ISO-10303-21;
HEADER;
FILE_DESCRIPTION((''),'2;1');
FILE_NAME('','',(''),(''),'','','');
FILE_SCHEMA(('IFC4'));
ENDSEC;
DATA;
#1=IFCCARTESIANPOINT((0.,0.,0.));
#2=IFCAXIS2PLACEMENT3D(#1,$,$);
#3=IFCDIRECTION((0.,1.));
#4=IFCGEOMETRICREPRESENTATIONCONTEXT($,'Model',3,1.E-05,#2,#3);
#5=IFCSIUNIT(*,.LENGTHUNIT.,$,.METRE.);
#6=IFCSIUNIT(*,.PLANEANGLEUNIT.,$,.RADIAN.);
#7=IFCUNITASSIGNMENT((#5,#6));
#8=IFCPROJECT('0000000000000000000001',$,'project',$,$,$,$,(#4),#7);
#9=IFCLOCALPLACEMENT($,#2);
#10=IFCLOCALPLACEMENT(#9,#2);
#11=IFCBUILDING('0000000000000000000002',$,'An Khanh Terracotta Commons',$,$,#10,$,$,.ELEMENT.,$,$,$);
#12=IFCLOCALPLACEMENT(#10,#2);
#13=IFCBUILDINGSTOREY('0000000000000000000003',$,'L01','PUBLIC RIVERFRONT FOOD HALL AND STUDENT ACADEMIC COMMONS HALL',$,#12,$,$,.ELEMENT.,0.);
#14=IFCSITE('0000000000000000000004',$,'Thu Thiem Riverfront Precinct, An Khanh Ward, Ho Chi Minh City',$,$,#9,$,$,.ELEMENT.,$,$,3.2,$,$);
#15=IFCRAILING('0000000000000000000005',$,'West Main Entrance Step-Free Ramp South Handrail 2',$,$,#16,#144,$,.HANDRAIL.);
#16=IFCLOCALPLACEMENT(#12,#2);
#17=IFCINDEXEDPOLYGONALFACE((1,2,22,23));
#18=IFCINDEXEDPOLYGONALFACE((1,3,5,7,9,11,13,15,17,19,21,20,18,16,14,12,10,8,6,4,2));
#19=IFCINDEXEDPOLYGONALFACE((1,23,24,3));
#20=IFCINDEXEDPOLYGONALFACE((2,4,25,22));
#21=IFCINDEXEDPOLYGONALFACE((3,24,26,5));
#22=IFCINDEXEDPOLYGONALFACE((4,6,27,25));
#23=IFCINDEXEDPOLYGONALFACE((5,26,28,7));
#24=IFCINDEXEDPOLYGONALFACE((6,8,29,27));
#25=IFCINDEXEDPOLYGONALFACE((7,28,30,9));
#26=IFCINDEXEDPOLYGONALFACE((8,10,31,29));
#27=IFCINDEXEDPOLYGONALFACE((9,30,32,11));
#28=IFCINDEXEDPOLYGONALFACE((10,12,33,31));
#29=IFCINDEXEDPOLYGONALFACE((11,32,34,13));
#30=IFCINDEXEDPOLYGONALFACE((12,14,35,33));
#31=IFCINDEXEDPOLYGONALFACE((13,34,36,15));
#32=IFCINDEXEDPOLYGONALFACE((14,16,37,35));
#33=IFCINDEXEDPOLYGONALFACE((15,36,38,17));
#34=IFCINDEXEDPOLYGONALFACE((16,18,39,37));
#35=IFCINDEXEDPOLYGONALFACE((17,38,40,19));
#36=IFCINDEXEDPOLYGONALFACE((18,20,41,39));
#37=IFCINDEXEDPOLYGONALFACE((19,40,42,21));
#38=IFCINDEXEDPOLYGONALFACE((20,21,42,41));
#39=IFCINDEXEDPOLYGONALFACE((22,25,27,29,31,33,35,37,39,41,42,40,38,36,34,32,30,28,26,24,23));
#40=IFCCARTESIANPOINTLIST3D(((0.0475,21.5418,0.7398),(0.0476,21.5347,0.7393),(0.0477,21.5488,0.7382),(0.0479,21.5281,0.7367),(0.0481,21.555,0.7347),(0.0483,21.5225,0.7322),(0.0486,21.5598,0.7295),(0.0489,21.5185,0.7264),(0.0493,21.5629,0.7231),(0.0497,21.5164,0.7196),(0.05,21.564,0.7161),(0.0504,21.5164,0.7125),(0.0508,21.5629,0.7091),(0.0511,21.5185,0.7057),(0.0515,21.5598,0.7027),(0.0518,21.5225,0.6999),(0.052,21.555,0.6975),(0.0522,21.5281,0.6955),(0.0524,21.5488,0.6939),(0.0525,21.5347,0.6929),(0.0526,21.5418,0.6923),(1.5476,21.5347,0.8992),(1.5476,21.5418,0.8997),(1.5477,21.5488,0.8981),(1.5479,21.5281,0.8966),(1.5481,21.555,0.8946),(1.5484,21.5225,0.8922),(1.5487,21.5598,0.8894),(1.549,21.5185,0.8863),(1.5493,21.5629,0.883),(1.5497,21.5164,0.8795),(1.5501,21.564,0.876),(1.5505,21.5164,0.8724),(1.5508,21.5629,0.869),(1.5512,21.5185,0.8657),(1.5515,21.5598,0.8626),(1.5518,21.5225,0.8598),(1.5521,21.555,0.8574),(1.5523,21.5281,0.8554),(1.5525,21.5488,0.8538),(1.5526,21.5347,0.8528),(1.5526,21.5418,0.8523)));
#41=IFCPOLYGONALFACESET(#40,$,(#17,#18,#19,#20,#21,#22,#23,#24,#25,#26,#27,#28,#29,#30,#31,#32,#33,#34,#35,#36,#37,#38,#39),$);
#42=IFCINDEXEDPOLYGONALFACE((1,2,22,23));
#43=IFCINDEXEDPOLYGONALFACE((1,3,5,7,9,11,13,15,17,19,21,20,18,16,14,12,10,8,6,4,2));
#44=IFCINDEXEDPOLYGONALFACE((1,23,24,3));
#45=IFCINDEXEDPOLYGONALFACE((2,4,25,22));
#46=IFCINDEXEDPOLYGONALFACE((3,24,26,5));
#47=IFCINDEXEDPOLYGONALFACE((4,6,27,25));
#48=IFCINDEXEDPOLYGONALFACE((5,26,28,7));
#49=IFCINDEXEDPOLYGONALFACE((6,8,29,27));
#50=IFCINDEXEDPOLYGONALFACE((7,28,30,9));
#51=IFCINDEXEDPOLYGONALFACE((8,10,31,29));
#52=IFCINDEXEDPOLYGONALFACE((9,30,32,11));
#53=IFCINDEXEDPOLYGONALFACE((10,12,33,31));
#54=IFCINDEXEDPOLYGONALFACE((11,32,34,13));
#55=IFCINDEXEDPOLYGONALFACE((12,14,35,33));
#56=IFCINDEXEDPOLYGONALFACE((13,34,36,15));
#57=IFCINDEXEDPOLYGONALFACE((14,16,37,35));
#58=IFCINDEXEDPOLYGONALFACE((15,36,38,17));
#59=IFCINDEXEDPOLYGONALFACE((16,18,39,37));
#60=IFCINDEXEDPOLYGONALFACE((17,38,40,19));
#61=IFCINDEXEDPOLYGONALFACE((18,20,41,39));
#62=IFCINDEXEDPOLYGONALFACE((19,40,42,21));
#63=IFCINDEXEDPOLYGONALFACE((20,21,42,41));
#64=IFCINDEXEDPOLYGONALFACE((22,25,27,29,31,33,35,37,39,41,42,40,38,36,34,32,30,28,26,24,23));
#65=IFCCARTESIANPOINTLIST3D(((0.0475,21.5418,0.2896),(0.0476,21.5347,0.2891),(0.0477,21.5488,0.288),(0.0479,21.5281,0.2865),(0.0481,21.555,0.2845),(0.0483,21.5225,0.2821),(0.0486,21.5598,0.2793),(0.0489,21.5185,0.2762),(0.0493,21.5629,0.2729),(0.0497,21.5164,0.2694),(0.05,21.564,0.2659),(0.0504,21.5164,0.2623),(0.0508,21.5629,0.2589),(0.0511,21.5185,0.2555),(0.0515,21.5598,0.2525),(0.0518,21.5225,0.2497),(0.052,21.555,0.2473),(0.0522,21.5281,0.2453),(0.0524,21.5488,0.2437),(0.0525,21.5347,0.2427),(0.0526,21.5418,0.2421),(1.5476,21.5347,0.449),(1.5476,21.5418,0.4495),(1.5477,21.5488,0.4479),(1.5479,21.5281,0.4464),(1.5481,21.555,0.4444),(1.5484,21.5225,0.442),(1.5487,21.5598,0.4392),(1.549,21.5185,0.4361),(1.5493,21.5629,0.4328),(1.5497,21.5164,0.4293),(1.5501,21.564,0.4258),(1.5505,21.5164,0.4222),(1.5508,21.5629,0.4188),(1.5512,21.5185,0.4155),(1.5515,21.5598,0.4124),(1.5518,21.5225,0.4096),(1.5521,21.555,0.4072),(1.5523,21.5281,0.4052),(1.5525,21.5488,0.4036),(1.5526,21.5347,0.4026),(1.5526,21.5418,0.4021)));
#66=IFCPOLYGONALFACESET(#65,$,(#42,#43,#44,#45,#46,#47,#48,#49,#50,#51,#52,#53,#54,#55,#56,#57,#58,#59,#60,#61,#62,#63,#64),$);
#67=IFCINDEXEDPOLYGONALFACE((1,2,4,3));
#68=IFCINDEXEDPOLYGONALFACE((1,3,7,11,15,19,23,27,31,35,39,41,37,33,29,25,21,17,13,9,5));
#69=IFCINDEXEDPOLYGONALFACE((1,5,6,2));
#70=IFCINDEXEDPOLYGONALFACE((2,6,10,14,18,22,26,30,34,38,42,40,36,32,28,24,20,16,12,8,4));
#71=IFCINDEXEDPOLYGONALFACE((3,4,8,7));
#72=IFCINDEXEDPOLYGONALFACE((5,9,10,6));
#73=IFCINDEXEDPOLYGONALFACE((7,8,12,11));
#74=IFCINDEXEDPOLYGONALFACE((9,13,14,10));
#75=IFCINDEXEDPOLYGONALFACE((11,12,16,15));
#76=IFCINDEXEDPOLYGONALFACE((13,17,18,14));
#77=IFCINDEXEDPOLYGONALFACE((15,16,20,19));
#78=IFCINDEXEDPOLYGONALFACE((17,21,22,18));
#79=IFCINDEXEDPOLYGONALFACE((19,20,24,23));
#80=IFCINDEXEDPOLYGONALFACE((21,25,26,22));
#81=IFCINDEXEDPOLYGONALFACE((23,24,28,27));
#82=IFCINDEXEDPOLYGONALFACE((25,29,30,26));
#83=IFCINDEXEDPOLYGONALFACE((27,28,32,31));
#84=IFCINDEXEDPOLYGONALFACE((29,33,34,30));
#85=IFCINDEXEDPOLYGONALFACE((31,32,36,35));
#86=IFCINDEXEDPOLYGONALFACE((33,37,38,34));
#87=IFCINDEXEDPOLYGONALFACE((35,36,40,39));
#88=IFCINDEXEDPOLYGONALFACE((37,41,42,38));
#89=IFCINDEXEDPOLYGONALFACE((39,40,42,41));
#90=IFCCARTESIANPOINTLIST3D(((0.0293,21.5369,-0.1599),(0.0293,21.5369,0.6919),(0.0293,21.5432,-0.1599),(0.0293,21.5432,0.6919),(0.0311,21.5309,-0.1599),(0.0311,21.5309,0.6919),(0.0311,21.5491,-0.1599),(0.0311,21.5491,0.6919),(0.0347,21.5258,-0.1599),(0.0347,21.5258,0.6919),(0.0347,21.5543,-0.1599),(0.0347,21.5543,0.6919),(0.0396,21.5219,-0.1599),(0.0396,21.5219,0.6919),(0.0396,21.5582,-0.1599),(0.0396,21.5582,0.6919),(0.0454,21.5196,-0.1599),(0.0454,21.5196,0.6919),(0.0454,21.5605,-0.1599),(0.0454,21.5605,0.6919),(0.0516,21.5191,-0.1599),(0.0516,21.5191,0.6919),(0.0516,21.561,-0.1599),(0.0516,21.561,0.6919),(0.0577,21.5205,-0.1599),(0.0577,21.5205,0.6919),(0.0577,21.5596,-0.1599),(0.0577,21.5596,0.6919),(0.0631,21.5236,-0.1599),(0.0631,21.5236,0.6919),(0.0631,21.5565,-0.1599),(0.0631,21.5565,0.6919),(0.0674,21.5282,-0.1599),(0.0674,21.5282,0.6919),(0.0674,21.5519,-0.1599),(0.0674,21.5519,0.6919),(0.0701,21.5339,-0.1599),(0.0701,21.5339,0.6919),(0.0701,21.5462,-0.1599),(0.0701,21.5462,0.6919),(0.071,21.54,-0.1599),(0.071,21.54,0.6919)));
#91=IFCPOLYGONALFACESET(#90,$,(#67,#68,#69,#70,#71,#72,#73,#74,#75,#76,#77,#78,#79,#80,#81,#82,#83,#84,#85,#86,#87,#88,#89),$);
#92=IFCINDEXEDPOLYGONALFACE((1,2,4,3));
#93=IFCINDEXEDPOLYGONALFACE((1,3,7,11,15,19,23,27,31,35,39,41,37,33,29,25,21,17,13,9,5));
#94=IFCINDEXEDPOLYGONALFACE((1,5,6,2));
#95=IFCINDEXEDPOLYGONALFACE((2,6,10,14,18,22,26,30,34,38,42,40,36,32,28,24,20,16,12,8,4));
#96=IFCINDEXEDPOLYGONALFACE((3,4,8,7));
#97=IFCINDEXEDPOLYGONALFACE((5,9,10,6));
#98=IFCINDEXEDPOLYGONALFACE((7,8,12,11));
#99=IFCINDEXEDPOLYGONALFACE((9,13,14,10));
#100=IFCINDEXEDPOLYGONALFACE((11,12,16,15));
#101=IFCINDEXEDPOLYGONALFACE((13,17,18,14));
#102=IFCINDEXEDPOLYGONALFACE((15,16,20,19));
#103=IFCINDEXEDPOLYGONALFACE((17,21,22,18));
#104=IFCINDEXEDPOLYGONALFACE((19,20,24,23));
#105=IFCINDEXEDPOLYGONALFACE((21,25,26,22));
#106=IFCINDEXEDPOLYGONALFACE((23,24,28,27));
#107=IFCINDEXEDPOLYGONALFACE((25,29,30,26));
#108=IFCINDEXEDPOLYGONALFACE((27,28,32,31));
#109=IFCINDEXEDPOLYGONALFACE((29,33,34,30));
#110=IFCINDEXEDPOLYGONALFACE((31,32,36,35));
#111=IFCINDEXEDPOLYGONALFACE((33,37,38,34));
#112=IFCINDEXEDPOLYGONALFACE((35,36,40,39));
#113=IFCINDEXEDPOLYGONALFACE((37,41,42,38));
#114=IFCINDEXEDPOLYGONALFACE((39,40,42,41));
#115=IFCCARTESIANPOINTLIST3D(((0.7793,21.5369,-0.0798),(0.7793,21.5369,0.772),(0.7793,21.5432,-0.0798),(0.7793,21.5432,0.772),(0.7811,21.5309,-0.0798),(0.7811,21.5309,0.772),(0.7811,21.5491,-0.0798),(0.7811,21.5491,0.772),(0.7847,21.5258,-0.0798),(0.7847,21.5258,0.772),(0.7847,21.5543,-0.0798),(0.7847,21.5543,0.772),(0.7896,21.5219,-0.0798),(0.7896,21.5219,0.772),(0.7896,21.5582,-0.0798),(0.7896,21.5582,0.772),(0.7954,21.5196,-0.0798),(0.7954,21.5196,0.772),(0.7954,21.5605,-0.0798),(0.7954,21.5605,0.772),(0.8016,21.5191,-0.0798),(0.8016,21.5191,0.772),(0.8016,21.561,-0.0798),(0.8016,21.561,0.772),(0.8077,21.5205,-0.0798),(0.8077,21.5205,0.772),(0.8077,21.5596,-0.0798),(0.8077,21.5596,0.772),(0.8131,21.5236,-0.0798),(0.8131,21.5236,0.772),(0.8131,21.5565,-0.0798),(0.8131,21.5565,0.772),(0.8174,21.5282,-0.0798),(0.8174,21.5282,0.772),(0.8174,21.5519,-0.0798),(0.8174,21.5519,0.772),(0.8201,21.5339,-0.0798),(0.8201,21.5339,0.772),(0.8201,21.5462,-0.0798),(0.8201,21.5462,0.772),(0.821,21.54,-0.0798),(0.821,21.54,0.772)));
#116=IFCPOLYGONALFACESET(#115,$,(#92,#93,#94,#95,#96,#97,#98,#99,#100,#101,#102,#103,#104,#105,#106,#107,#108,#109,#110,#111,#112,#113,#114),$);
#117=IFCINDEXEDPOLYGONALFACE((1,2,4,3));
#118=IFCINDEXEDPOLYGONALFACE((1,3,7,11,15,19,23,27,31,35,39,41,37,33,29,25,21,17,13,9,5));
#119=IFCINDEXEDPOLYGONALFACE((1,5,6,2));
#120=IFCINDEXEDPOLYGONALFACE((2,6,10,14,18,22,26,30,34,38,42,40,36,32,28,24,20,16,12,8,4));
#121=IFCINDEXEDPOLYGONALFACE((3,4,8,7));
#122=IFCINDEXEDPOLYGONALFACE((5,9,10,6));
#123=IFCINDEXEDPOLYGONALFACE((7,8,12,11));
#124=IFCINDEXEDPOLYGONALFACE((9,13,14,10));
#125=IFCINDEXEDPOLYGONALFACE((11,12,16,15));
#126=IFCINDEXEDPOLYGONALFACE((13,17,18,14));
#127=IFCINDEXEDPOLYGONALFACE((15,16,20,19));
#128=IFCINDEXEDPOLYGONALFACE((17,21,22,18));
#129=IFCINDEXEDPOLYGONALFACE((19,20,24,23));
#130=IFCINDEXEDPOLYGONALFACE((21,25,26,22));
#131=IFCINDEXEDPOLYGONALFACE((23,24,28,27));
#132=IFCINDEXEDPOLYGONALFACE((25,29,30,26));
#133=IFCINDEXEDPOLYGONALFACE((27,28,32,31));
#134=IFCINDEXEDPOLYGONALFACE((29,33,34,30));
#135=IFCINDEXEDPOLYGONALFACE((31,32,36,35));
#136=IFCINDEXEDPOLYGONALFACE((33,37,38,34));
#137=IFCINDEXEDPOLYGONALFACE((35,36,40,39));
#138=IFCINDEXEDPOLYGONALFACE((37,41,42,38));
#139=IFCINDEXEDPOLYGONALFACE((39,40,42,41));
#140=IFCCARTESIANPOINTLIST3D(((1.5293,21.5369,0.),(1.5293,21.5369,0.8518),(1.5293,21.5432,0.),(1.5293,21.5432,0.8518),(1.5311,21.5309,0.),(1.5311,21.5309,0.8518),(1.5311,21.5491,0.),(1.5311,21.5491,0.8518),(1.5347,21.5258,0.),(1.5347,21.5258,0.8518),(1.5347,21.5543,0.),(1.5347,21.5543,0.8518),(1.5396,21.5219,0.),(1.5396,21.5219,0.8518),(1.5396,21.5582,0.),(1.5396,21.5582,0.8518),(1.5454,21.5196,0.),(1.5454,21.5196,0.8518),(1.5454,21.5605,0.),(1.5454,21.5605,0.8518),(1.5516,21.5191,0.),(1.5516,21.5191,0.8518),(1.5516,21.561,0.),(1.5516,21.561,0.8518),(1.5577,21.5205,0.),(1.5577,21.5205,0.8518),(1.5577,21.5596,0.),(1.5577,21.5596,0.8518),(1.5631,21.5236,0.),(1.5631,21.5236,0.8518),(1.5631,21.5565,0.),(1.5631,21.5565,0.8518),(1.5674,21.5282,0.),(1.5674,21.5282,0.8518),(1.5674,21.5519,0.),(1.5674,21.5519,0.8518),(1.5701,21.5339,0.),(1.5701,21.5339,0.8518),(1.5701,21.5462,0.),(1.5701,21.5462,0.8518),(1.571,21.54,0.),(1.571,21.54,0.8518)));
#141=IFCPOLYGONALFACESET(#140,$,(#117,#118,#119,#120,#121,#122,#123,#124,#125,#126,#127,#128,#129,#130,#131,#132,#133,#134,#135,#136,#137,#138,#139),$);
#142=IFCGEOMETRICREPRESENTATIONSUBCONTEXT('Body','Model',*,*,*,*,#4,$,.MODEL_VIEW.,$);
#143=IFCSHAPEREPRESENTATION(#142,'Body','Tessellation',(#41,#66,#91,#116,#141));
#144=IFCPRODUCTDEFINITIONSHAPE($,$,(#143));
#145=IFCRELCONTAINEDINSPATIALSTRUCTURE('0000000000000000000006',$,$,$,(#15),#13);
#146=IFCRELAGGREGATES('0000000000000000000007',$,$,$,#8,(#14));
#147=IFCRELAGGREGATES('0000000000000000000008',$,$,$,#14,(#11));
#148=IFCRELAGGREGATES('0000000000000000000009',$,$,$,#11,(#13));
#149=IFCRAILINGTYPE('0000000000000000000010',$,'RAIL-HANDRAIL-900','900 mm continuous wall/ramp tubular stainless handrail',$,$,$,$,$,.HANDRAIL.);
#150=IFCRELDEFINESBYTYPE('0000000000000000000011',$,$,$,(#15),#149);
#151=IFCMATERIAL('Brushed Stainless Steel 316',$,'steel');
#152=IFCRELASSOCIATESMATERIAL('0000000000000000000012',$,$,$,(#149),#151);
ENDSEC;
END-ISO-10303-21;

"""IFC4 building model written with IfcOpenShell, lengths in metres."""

from ifc_helpers import new_model, si_unit, direction, frame, origin, origin_2d, place, context, subcontext, project, spatial, circle, extrude, material, type_object, element, save


model = new_model("IFC4")

# Units and contexts
model_context = context("Model", 3, precision=1e-05, world=origin(), true_north=direction((0.0, 1.0)))
body_context = subcontext(model_context, "Body", "Model", "MODEL_VIEW")
ifc_project = project(units=[si_unit("LENGTHUNIT", "METRE"), si_unit("PLANEANGLEUNIT", "RADIAN")], contexts=[model_context])

# Site, building, storey
site_placement = place(None, origin())
site = spatial("IfcSite", under=ifc_project, at=site_placement, Name="Thu Thiem Riverfront Precinct, An Khanh Ward, Ho Chi Minh City", CompositionType="ELEMENT", RefElevation=3.2)
building_placement = place(site_placement, origin())
building = spatial("IfcBuilding", under=site, at=building_placement, Name="An Khanh Terracotta Commons", CompositionType="ELEMENT")
storey_placement = place(building_placement, origin())
storey = spatial("IfcBuildingStorey", under=building, at=storey_placement, Name="L01", Description="PUBLIC RIVERFRONT FOOD HALL AND STUDENT ACADEMIC COMMONS HALL", CompositionType="ELEMENT", Elevation=0.0)

# Railing
ifc_material_1 = material(Name="Brushed Stainless Steel 316", Category="steel")
railing_type = type_object("IfcRailingType", Name="RAIL-HANDRAIL-900", Description="900 mm continuous wall/ramp tubular stainless handrail", PredefinedType="HANDRAIL", material=ifc_material_1)
for number, where, name in (
    (1, (0.05, 21.54, -0.1599), "West Main Entrance Step-Free Ramp South Handrail 2"),
):
    element("IfcRailing", number, at=place(storey_placement, frame(where)), inside=storey, type_object=railing_type, Name=name, PredefinedType="HANDRAIL", context=body_context, shape_type="SweptSolid", body=[
        extrude(circle(Radius=0.0239, at=origin_2d()), frame((0.0, 0.0, 0.876), z_axis=(0.994365, 0.0, 0.106007), x_axis=(0.0, 1.0, 0.0)), (0.0, 0.0, 1.0), 1.5085),
        extrude(circle(Radius=0.0239, at=origin_2d()), frame((0.0, 0.0, 0.4258), z_axis=(0.994365, 0.0, 0.106007), x_axis=(0.0, 1.0, 0.0)), (0.0, 0.0, 1.0), 1.5085),
        extrude(circle(Radius=0.021, at=origin_2d()), origin(), (0.0, 0.0, 1.0), 0.8518),
        extrude(circle(Radius=0.021, at=origin_2d()), frame((0.75, 0.0, 0.0801)), (0.0, 0.0, 1.0), 0.8518),
        extrude(circle(Radius=0.021, at=origin_2d()), frame((1.5, 0.0, 0.1599)), (0.0, 0.0, 1.0), 0.8518),
    ])

save(model, "model.ifc")
